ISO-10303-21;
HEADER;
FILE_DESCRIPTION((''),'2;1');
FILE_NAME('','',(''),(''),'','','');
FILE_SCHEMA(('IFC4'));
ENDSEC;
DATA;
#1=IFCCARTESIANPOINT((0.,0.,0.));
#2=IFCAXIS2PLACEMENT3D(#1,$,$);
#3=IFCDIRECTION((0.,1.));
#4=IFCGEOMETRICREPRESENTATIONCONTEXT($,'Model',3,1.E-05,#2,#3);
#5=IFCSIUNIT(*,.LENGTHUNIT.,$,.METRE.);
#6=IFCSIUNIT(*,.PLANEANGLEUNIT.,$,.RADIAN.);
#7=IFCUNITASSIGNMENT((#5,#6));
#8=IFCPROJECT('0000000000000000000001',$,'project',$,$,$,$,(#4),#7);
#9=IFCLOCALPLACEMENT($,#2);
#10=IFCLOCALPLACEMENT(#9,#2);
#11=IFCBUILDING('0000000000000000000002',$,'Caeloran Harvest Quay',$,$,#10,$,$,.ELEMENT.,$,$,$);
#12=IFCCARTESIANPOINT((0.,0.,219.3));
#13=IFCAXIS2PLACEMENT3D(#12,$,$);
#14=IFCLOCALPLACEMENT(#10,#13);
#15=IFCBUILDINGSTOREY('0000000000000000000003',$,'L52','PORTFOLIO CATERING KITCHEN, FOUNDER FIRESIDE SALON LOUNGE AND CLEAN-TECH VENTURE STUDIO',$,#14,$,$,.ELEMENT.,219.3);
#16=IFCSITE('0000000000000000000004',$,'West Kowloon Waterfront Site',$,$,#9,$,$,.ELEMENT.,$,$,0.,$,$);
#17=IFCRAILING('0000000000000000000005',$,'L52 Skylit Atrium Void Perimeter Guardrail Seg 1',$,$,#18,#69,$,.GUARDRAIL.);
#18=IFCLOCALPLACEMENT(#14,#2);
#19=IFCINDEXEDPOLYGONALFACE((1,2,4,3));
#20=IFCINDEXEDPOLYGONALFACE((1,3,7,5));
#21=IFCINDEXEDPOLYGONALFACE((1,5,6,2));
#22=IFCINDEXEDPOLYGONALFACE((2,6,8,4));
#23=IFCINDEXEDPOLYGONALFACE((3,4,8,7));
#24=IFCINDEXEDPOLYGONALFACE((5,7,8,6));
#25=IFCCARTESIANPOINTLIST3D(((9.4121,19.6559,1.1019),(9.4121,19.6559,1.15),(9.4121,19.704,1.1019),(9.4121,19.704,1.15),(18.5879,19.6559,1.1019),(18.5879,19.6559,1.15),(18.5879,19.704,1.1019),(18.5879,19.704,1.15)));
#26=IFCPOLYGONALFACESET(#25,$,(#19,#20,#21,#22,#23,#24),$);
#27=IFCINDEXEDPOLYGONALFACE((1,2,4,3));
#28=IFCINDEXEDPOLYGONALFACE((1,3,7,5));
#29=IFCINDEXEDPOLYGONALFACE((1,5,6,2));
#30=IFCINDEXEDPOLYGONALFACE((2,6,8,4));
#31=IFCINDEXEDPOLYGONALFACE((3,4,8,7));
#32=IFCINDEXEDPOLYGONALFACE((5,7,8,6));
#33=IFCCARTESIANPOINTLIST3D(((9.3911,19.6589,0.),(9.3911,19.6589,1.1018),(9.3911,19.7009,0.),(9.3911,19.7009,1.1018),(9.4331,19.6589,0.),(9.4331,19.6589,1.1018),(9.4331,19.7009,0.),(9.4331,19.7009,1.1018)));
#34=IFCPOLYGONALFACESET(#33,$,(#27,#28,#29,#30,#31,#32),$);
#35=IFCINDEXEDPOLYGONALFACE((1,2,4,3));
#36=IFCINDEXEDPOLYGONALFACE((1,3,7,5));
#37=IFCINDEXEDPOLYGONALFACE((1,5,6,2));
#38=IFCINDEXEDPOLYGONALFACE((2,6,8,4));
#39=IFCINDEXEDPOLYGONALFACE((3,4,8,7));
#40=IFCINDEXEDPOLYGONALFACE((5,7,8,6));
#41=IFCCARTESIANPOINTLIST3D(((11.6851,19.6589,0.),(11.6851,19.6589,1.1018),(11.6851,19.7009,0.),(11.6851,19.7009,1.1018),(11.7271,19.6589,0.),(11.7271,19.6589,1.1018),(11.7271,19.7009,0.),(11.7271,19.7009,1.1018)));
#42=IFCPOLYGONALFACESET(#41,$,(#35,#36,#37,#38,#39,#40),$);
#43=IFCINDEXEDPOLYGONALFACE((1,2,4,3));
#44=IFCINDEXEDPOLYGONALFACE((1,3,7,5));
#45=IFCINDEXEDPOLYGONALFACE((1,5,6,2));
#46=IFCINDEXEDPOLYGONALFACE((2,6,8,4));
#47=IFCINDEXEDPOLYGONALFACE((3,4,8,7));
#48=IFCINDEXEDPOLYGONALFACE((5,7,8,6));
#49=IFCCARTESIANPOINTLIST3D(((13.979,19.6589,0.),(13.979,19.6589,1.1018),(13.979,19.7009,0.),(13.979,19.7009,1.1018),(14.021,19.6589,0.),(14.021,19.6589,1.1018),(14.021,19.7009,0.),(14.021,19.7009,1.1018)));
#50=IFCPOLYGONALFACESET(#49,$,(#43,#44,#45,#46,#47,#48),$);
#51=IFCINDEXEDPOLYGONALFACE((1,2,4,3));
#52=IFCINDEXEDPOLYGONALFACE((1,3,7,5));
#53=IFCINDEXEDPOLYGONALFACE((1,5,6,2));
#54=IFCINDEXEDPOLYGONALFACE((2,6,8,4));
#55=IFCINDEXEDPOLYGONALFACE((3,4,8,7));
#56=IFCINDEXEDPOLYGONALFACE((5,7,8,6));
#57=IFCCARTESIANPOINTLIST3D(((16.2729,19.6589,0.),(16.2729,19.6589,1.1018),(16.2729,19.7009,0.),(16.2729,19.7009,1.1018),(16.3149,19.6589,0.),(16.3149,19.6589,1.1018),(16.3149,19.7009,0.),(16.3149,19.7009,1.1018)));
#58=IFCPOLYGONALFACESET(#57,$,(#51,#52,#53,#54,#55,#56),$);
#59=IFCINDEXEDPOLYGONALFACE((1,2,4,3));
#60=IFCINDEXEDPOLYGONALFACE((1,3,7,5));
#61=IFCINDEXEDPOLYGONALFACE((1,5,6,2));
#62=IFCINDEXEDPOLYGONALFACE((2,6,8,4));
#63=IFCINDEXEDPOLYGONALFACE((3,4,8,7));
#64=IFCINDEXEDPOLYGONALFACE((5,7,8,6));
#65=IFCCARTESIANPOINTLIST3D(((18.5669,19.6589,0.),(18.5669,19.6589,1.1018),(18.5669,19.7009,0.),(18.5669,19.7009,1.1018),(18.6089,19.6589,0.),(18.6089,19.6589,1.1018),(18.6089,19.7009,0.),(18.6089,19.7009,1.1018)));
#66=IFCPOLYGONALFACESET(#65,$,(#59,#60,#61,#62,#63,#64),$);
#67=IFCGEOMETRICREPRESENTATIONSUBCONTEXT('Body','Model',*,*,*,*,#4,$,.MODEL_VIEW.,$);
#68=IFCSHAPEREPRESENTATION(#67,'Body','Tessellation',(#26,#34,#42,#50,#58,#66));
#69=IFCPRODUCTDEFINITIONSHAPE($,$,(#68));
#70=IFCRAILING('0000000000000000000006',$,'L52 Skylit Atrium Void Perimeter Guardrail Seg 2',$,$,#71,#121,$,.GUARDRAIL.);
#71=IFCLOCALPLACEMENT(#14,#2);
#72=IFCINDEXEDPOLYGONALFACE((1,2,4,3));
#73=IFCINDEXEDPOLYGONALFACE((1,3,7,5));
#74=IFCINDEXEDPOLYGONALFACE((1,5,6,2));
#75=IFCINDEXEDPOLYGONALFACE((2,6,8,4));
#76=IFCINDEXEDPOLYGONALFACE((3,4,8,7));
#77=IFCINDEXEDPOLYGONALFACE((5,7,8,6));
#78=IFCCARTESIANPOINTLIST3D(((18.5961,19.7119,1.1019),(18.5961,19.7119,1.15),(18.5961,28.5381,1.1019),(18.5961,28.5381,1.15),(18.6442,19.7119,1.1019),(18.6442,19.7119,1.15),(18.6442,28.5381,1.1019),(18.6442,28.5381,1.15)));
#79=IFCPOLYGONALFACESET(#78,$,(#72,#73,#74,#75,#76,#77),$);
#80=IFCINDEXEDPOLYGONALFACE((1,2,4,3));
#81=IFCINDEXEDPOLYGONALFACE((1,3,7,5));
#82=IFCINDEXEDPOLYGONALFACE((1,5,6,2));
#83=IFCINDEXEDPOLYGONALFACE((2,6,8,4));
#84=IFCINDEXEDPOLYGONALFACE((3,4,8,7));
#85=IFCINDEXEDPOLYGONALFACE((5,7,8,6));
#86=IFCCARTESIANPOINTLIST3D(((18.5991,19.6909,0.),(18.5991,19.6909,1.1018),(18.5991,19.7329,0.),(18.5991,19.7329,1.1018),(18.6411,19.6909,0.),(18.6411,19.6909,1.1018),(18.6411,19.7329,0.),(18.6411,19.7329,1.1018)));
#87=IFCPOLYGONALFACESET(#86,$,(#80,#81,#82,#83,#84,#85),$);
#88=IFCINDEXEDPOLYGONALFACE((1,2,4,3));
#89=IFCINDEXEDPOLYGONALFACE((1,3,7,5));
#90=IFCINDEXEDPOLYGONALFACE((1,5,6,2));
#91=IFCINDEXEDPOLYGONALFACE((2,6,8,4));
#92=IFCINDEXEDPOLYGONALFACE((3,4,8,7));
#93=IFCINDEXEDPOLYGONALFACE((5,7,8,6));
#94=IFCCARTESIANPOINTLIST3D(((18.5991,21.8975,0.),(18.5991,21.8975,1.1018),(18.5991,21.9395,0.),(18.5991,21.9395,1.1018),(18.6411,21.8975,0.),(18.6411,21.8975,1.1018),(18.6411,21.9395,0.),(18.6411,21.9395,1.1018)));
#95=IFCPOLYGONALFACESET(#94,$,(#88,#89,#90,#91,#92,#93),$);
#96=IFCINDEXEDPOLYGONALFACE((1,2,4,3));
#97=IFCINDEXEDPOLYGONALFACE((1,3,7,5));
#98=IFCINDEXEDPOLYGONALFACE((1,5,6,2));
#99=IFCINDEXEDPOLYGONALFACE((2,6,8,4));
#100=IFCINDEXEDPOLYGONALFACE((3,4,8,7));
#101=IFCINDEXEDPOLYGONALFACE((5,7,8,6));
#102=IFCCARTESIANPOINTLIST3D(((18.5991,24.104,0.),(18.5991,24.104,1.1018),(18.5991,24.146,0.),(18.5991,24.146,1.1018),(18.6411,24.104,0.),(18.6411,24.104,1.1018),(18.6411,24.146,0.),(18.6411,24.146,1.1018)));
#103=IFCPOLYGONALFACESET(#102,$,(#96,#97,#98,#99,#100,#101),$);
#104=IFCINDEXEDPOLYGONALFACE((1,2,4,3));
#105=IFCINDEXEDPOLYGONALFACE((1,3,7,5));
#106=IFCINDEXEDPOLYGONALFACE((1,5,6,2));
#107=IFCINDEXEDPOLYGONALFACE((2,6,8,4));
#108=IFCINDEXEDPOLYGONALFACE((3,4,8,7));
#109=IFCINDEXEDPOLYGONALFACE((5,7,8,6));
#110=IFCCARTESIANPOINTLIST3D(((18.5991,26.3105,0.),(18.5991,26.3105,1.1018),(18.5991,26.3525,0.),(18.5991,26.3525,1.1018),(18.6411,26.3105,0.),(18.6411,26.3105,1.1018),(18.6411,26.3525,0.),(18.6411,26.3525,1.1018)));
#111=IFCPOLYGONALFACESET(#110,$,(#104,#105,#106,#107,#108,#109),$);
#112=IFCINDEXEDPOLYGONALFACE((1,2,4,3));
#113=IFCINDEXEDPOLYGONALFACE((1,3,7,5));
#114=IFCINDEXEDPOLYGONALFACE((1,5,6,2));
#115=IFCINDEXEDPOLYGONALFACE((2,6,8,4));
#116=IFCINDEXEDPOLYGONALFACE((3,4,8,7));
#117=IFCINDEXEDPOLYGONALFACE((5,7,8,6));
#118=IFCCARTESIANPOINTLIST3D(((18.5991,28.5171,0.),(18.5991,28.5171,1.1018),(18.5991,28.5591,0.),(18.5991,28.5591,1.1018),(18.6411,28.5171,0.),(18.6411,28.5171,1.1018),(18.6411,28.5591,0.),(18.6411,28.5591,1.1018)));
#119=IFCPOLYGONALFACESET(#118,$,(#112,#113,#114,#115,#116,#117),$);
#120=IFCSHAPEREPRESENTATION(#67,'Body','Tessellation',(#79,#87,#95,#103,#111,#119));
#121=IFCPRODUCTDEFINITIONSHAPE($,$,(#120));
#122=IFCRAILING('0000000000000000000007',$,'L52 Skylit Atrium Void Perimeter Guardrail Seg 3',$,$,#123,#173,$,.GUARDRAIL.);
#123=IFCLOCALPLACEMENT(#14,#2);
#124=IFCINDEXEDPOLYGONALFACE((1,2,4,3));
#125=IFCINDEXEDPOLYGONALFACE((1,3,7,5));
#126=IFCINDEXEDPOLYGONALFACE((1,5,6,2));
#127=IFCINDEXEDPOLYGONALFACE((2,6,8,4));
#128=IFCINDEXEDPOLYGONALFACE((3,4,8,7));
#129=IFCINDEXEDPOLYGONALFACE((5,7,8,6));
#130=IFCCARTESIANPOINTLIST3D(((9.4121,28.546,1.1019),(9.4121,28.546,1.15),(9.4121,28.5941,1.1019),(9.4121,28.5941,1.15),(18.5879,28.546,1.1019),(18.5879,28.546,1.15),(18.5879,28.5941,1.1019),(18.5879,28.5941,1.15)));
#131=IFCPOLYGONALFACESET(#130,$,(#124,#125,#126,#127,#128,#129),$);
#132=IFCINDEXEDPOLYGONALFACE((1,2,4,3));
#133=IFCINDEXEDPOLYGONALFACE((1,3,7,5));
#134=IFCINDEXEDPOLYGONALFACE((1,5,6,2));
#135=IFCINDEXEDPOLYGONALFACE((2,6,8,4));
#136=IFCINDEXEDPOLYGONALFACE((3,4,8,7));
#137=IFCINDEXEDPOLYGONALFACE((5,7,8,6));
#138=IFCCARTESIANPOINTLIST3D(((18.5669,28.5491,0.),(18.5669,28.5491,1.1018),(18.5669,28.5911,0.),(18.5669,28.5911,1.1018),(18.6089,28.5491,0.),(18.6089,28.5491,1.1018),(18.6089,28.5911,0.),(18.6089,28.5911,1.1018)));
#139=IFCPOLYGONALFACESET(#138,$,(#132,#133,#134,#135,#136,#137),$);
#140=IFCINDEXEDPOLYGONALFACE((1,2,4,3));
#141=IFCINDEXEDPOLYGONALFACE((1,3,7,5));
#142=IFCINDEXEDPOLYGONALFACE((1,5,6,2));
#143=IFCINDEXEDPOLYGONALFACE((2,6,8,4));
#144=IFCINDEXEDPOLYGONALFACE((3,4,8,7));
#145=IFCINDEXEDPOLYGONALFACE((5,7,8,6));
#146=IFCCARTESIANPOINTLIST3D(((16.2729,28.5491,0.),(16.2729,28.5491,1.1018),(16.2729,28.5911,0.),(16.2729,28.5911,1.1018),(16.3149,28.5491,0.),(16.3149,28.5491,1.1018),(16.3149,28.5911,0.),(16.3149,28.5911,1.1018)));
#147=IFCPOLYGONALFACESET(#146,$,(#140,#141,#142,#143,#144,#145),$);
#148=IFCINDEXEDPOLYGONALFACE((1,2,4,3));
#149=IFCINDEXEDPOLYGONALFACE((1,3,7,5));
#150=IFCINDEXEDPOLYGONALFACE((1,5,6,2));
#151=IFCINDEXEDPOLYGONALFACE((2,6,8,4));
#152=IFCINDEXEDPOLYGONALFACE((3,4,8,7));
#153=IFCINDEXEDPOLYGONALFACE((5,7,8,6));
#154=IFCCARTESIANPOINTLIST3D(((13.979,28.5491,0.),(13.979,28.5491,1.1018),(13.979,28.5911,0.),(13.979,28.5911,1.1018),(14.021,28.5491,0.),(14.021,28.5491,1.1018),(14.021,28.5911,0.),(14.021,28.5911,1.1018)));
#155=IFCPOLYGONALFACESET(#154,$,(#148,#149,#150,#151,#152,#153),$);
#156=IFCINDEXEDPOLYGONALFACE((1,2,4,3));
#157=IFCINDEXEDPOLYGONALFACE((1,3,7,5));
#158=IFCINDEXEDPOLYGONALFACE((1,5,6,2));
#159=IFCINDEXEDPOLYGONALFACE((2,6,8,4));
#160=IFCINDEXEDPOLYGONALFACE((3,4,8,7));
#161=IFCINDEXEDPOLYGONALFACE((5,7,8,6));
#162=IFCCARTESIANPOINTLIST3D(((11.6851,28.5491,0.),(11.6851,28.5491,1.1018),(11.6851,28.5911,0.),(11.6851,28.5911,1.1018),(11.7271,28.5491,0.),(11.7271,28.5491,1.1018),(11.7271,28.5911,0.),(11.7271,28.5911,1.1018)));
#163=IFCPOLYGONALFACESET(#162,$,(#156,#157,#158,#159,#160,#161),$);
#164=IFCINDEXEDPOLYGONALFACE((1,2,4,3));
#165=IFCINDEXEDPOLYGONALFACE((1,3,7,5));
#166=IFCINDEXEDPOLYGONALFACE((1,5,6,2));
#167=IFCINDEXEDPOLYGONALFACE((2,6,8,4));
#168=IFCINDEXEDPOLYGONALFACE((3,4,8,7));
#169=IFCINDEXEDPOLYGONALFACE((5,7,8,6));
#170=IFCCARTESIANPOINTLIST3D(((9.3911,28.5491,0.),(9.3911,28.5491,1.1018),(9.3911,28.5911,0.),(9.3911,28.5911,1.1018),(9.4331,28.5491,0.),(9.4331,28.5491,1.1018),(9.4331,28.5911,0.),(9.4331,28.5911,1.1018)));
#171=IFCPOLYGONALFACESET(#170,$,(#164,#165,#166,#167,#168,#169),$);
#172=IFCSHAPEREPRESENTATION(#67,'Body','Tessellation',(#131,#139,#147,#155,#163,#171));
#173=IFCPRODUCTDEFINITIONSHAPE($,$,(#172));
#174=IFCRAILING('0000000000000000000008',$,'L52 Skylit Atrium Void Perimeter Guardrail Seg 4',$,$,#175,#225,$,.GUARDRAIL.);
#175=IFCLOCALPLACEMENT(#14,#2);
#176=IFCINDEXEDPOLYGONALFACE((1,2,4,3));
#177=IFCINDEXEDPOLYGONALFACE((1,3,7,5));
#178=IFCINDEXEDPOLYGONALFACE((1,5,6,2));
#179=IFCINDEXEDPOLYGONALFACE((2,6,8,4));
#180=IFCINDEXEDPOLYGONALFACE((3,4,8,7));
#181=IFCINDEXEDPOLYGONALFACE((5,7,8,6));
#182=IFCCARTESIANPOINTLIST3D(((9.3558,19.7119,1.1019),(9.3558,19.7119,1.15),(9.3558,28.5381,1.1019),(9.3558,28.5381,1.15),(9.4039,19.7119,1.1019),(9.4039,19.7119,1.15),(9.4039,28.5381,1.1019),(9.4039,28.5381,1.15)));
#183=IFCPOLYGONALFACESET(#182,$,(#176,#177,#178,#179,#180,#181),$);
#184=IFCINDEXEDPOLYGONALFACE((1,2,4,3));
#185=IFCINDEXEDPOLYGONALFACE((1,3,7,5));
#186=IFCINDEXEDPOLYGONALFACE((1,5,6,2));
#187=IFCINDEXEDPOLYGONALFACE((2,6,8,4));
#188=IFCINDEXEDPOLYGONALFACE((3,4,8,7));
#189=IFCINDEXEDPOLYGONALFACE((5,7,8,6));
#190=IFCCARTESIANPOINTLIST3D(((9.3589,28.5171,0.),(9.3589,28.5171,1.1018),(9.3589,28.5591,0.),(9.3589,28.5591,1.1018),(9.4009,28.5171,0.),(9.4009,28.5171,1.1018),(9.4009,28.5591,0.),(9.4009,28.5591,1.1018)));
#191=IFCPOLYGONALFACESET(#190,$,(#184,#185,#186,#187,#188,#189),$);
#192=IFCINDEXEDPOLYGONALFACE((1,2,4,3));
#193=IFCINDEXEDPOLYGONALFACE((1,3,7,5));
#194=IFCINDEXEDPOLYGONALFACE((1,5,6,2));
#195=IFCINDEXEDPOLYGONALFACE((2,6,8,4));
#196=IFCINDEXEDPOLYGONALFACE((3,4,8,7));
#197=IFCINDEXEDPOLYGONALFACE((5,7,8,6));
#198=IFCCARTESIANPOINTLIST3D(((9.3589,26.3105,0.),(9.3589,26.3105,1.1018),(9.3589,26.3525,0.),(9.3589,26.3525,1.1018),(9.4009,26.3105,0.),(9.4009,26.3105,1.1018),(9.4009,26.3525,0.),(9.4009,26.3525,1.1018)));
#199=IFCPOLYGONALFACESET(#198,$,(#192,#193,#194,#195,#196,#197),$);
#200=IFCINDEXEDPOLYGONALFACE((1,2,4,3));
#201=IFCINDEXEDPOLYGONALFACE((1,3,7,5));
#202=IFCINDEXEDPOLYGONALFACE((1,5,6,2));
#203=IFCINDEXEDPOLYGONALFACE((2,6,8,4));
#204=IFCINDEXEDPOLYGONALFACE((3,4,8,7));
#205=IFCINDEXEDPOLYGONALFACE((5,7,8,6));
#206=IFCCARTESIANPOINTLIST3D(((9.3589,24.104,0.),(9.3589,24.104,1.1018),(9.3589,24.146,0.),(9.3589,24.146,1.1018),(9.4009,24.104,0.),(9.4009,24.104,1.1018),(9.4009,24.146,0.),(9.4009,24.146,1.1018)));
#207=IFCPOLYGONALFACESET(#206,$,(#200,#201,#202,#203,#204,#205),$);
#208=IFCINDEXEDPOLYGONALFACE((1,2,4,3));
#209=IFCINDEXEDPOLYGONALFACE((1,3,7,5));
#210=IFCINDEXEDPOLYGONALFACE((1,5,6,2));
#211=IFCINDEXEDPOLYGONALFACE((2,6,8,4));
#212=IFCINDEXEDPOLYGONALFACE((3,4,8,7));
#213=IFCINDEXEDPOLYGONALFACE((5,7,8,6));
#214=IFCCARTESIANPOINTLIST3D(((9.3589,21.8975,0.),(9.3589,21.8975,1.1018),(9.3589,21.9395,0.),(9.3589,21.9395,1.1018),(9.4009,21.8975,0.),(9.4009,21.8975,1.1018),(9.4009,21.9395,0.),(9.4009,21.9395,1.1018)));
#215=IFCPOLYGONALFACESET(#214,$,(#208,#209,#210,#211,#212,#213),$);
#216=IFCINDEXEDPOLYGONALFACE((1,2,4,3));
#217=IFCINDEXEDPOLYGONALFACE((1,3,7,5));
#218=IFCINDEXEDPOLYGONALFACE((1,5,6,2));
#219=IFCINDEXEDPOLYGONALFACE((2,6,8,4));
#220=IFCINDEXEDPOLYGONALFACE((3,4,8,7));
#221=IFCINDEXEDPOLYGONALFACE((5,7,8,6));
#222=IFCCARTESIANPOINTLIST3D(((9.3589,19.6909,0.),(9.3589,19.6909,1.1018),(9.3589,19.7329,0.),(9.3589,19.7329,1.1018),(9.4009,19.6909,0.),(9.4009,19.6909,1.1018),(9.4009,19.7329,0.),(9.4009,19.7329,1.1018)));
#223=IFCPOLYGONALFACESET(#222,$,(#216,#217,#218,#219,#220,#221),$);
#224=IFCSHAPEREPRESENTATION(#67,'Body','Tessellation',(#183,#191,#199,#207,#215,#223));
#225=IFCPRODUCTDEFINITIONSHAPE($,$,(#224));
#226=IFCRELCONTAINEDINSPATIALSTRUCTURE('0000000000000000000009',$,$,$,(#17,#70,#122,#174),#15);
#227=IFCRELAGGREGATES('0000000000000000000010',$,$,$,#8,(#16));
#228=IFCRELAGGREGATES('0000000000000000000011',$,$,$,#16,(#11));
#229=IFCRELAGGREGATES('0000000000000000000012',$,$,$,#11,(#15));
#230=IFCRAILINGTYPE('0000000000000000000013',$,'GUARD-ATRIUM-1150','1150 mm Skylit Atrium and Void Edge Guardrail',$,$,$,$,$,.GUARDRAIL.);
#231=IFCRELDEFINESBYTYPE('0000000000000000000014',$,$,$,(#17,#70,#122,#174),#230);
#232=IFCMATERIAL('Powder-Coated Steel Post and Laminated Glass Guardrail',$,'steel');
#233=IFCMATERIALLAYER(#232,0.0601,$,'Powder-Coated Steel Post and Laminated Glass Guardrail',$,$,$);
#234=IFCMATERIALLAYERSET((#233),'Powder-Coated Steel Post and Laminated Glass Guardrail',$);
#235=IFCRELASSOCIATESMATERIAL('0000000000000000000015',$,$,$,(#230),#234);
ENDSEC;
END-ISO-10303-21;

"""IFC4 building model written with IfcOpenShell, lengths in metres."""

from ifc_helpers import new_model, si_unit, direction, frame, origin, origin_2d, place, context, subcontext, project, spatial, rectangle, extrude, material, layer, layer_set, type_object, element, save


model = new_model("IFC4")

# Units and contexts
model_context = context("Model", 3, precision=1e-05, world=origin(), true_north=direction((0.0, 1.0)))
body_context = subcontext(model_context, "Body", "Model", "MODEL_VIEW")
ifc_project = project(units=[si_unit("LENGTHUNIT", "METRE"), si_unit("PLANEANGLEUNIT", "RADIAN")], contexts=[model_context])

# Site, building, storey
site_placement = place(None, origin())
site = spatial("IfcSite", under=ifc_project, at=site_placement, Name="West Kowloon Waterfront Site", CompositionType="ELEMENT", RefElevation=0.0)
building_placement = place(site_placement, origin())
building = spatial("IfcBuilding", under=site, at=building_placement, Name="Caeloran Harvest Quay", CompositionType="ELEMENT")
storey_placement = place(building_placement, frame((0.0, 0.0, 219.3)))
storey = spatial("IfcBuildingStorey", under=building, at=storey_placement, Name="L52", Description="PORTFOLIO CATERING KITCHEN, FOUNDER FIRESIDE SALON LOUNGE AND CLEAN-TECH VENTURE STUDIO", CompositionType="ELEMENT", Elevation=219.3)

# Railings
ifc_material_1 = material(Name="Powder-Coated Steel Post and Laminated Glass Guardrail", Category="steel")
ifc_layer_1 = layer(ifc_material_1, 0.0601, Name="Powder-Coated Steel Post and Laminated Glass Guardrail")
ifc_layer_set_1 = layer_set([ifc_layer_1], Name="Powder-Coated Steel Post and Laminated Glass Guardrail")
railing_type = type_object("IfcRailingType", Name="GUARD-ATRIUM-1150", Description="1150 mm Skylit Atrium and Void Edge Guardrail", PredefinedType="GUARDRAIL", material=ifc_layer_set_1)
railing_1_placement = place(storey_placement, frame((9.4121, 19.6799, 0.0)))
element("IfcRailing", 1, at=railing_1_placement, inside=storey, type_object=railing_type, Name="L52 Skylit Atrium Void Perimeter Guardrail Seg 1", PredefinedType="GUARDRAIL", context=body_context, shape_type="SweptSolid", body=[
    extrude(rectangle(XDim=0.0481, YDim=0.0481, at=origin_2d()), frame((0.0, 0.0, 1.126), z_axis=(1.0, 0.0, 0.0), x_axis=(0.0, 1.0, 0.0)), (0.0, 0.0, 1.0), 9.1758),
    extrude(rectangle(XDim=0.042, YDim=0.042, at=origin_2d()), origin(), (0.0, 0.0, 1.0), 1.1018),
    extrude(rectangle(XDim=0.042, YDim=0.042, at=origin_2d()), frame((2.2939, 0.0, 0.0)), (0.0, 0.0, 1.0), 1.1018),
    extrude(rectangle(XDim=0.042, YDim=0.042, at=origin_2d()), frame((4.5879, 0.0, 0.0)), (0.0, 0.0, 1.0), 1.1018),
    extrude(rectangle(XDim=0.042, YDim=0.042, at=origin_2d()), frame((6.8818, 0.0, 0.0)), (0.0, 0.0, 1.0), 1.1018),
    extrude(rectangle(XDim=0.042, YDim=0.042, at=origin_2d()), frame((9.1758, 0.0, 0.0)), (0.0, 0.0, 1.0), 1.1018),
])
railing_2_placement = place(storey_placement, frame((18.6201, 19.7119, 0.0)))
element("IfcRailing", 2, at=railing_2_placement, inside=storey, type_object=railing_type, Name="L52 Skylit Atrium Void Perimeter Guardrail Seg 2", PredefinedType="GUARDRAIL", context=body_context, shape_type="SweptSolid", body=[
    extrude(rectangle(XDim=0.0481, YDim=0.0481, at=origin_2d()), frame((0.0, 0.0, 1.126), z_axis=(0.0, 1.0, 0.0), x_axis=(-1.0, 0.0, 0.0)), (0.0, 0.0, 1.0), 8.8262),
    extrude(rectangle(XDim=0.042, YDim=0.042, at=origin_2d()), origin(), (0.0, 0.0, 1.0), 1.1018),
    extrude(rectangle(XDim=0.042, YDim=0.042, at=origin_2d()), frame((0.0, 2.2065, 0.0)), (0.0, 0.0, 1.0), 1.1018),
    extrude(rectangle(XDim=0.042, YDim=0.042, at=origin_2d()), frame((0.0, 4.4131, 0.0)), (0.0, 0.0, 1.0), 1.1018),
    extrude(rectangle(XDim=0.042, YDim=0.042, at=origin_2d()), frame((0.0, 6.6196, 0.0)), (0.0, 0.0, 1.0), 1.1018),
    extrude(rectangle(XDim=0.042, YDim=0.042, at=origin_2d()), frame((0.0, 8.8262, 0.0)), (0.0, 0.0, 1.0), 1.1018),
])
railing_3_placement = place(storey_placement, frame((18.5879, 28.5701, 0.0)))
element("IfcRailing", 3, at=railing_3_placement, inside=storey, type_object=railing_type, Name="L52 Skylit Atrium Void Perimeter Guardrail Seg 3", PredefinedType="GUARDRAIL", context=body_context, shape_type="SweptSolid", body=[
    extrude(rectangle(XDim=0.0481, YDim=0.0481, at=origin_2d()), frame((0.0, 0.0, 1.126), z_axis=(-1.0, 0.0, 0.0), x_axis=(0.0, -1.0, 0.0)), (0.0, 0.0, 1.0), 9.1758),
    extrude(rectangle(XDim=0.042, YDim=0.042, at=origin_2d()), origin(), (0.0, 0.0, 1.0), 1.1018),
    extrude(rectangle(XDim=0.042, YDim=0.042, at=origin_2d()), frame((-2.2939, 0.0, 0.0)), (0.0, 0.0, 1.0), 1.1018),
    extrude(rectangle(XDim=0.042, YDim=0.042, at=origin_2d()), frame((-4.5879, 0.0, 0.0)), (0.0, 0.0, 1.0), 1.1018),
    extrude(rectangle(XDim=0.042, YDim=0.042, at=origin_2d()), frame((-6.8818, 0.0, 0.0)), (0.0, 0.0, 1.0), 1.1018),
    extrude(rectangle(XDim=0.042, YDim=0.042, at=origin_2d()), frame((-9.1758, 0.0, 0.0)), (0.0, 0.0, 1.0), 1.1018),
])
railing_4_placement = place(storey_placement, frame((9.3799, 28.5381, 0.0)))
element("IfcRailing", 4, at=railing_4_placement, inside=storey, type_object=railing_type, Name="L52 Skylit Atrium Void Perimeter Guardrail Seg 4", PredefinedType="GUARDRAIL", context=body_context, shape_type="SweptSolid", body=[
    extrude(rectangle(XDim=0.0481, YDim=0.0481, at=origin_2d()), frame((0.0, 0.0, 1.126), z_axis=(0.0, -1.0, 0.0), x_axis=(1.0, 0.0, 0.0)), (0.0, 0.0, 1.0), 8.8262),
    extrude(rectangle(XDim=0.042, YDim=0.042, at=origin_2d()), origin(), (0.0, 0.0, 1.0), 1.1018),
    extrude(rectangle(XDim=0.042, YDim=0.042, at=origin_2d()), frame((0.0, -2.2065, 0.0)), (0.0, 0.0, 1.0), 1.1018),
    extrude(rectangle(XDim=0.042, YDim=0.042, at=origin_2d()), frame((0.0, -4.4131, 0.0)), (0.0, 0.0, 1.0), 1.1018),
    extrude(rectangle(XDim=0.042, YDim=0.042, at=origin_2d()), frame((0.0, -6.6196, 0.0)), (0.0, 0.0, 1.0), 1.1018),
    extrude(rectangle(XDim=0.042, YDim=0.042, at=origin_2d()), frame((0.0, -8.8262, 0.0)), (0.0, 0.0, 1.0), 1.1018),
])

save(model, "model.ifc")
